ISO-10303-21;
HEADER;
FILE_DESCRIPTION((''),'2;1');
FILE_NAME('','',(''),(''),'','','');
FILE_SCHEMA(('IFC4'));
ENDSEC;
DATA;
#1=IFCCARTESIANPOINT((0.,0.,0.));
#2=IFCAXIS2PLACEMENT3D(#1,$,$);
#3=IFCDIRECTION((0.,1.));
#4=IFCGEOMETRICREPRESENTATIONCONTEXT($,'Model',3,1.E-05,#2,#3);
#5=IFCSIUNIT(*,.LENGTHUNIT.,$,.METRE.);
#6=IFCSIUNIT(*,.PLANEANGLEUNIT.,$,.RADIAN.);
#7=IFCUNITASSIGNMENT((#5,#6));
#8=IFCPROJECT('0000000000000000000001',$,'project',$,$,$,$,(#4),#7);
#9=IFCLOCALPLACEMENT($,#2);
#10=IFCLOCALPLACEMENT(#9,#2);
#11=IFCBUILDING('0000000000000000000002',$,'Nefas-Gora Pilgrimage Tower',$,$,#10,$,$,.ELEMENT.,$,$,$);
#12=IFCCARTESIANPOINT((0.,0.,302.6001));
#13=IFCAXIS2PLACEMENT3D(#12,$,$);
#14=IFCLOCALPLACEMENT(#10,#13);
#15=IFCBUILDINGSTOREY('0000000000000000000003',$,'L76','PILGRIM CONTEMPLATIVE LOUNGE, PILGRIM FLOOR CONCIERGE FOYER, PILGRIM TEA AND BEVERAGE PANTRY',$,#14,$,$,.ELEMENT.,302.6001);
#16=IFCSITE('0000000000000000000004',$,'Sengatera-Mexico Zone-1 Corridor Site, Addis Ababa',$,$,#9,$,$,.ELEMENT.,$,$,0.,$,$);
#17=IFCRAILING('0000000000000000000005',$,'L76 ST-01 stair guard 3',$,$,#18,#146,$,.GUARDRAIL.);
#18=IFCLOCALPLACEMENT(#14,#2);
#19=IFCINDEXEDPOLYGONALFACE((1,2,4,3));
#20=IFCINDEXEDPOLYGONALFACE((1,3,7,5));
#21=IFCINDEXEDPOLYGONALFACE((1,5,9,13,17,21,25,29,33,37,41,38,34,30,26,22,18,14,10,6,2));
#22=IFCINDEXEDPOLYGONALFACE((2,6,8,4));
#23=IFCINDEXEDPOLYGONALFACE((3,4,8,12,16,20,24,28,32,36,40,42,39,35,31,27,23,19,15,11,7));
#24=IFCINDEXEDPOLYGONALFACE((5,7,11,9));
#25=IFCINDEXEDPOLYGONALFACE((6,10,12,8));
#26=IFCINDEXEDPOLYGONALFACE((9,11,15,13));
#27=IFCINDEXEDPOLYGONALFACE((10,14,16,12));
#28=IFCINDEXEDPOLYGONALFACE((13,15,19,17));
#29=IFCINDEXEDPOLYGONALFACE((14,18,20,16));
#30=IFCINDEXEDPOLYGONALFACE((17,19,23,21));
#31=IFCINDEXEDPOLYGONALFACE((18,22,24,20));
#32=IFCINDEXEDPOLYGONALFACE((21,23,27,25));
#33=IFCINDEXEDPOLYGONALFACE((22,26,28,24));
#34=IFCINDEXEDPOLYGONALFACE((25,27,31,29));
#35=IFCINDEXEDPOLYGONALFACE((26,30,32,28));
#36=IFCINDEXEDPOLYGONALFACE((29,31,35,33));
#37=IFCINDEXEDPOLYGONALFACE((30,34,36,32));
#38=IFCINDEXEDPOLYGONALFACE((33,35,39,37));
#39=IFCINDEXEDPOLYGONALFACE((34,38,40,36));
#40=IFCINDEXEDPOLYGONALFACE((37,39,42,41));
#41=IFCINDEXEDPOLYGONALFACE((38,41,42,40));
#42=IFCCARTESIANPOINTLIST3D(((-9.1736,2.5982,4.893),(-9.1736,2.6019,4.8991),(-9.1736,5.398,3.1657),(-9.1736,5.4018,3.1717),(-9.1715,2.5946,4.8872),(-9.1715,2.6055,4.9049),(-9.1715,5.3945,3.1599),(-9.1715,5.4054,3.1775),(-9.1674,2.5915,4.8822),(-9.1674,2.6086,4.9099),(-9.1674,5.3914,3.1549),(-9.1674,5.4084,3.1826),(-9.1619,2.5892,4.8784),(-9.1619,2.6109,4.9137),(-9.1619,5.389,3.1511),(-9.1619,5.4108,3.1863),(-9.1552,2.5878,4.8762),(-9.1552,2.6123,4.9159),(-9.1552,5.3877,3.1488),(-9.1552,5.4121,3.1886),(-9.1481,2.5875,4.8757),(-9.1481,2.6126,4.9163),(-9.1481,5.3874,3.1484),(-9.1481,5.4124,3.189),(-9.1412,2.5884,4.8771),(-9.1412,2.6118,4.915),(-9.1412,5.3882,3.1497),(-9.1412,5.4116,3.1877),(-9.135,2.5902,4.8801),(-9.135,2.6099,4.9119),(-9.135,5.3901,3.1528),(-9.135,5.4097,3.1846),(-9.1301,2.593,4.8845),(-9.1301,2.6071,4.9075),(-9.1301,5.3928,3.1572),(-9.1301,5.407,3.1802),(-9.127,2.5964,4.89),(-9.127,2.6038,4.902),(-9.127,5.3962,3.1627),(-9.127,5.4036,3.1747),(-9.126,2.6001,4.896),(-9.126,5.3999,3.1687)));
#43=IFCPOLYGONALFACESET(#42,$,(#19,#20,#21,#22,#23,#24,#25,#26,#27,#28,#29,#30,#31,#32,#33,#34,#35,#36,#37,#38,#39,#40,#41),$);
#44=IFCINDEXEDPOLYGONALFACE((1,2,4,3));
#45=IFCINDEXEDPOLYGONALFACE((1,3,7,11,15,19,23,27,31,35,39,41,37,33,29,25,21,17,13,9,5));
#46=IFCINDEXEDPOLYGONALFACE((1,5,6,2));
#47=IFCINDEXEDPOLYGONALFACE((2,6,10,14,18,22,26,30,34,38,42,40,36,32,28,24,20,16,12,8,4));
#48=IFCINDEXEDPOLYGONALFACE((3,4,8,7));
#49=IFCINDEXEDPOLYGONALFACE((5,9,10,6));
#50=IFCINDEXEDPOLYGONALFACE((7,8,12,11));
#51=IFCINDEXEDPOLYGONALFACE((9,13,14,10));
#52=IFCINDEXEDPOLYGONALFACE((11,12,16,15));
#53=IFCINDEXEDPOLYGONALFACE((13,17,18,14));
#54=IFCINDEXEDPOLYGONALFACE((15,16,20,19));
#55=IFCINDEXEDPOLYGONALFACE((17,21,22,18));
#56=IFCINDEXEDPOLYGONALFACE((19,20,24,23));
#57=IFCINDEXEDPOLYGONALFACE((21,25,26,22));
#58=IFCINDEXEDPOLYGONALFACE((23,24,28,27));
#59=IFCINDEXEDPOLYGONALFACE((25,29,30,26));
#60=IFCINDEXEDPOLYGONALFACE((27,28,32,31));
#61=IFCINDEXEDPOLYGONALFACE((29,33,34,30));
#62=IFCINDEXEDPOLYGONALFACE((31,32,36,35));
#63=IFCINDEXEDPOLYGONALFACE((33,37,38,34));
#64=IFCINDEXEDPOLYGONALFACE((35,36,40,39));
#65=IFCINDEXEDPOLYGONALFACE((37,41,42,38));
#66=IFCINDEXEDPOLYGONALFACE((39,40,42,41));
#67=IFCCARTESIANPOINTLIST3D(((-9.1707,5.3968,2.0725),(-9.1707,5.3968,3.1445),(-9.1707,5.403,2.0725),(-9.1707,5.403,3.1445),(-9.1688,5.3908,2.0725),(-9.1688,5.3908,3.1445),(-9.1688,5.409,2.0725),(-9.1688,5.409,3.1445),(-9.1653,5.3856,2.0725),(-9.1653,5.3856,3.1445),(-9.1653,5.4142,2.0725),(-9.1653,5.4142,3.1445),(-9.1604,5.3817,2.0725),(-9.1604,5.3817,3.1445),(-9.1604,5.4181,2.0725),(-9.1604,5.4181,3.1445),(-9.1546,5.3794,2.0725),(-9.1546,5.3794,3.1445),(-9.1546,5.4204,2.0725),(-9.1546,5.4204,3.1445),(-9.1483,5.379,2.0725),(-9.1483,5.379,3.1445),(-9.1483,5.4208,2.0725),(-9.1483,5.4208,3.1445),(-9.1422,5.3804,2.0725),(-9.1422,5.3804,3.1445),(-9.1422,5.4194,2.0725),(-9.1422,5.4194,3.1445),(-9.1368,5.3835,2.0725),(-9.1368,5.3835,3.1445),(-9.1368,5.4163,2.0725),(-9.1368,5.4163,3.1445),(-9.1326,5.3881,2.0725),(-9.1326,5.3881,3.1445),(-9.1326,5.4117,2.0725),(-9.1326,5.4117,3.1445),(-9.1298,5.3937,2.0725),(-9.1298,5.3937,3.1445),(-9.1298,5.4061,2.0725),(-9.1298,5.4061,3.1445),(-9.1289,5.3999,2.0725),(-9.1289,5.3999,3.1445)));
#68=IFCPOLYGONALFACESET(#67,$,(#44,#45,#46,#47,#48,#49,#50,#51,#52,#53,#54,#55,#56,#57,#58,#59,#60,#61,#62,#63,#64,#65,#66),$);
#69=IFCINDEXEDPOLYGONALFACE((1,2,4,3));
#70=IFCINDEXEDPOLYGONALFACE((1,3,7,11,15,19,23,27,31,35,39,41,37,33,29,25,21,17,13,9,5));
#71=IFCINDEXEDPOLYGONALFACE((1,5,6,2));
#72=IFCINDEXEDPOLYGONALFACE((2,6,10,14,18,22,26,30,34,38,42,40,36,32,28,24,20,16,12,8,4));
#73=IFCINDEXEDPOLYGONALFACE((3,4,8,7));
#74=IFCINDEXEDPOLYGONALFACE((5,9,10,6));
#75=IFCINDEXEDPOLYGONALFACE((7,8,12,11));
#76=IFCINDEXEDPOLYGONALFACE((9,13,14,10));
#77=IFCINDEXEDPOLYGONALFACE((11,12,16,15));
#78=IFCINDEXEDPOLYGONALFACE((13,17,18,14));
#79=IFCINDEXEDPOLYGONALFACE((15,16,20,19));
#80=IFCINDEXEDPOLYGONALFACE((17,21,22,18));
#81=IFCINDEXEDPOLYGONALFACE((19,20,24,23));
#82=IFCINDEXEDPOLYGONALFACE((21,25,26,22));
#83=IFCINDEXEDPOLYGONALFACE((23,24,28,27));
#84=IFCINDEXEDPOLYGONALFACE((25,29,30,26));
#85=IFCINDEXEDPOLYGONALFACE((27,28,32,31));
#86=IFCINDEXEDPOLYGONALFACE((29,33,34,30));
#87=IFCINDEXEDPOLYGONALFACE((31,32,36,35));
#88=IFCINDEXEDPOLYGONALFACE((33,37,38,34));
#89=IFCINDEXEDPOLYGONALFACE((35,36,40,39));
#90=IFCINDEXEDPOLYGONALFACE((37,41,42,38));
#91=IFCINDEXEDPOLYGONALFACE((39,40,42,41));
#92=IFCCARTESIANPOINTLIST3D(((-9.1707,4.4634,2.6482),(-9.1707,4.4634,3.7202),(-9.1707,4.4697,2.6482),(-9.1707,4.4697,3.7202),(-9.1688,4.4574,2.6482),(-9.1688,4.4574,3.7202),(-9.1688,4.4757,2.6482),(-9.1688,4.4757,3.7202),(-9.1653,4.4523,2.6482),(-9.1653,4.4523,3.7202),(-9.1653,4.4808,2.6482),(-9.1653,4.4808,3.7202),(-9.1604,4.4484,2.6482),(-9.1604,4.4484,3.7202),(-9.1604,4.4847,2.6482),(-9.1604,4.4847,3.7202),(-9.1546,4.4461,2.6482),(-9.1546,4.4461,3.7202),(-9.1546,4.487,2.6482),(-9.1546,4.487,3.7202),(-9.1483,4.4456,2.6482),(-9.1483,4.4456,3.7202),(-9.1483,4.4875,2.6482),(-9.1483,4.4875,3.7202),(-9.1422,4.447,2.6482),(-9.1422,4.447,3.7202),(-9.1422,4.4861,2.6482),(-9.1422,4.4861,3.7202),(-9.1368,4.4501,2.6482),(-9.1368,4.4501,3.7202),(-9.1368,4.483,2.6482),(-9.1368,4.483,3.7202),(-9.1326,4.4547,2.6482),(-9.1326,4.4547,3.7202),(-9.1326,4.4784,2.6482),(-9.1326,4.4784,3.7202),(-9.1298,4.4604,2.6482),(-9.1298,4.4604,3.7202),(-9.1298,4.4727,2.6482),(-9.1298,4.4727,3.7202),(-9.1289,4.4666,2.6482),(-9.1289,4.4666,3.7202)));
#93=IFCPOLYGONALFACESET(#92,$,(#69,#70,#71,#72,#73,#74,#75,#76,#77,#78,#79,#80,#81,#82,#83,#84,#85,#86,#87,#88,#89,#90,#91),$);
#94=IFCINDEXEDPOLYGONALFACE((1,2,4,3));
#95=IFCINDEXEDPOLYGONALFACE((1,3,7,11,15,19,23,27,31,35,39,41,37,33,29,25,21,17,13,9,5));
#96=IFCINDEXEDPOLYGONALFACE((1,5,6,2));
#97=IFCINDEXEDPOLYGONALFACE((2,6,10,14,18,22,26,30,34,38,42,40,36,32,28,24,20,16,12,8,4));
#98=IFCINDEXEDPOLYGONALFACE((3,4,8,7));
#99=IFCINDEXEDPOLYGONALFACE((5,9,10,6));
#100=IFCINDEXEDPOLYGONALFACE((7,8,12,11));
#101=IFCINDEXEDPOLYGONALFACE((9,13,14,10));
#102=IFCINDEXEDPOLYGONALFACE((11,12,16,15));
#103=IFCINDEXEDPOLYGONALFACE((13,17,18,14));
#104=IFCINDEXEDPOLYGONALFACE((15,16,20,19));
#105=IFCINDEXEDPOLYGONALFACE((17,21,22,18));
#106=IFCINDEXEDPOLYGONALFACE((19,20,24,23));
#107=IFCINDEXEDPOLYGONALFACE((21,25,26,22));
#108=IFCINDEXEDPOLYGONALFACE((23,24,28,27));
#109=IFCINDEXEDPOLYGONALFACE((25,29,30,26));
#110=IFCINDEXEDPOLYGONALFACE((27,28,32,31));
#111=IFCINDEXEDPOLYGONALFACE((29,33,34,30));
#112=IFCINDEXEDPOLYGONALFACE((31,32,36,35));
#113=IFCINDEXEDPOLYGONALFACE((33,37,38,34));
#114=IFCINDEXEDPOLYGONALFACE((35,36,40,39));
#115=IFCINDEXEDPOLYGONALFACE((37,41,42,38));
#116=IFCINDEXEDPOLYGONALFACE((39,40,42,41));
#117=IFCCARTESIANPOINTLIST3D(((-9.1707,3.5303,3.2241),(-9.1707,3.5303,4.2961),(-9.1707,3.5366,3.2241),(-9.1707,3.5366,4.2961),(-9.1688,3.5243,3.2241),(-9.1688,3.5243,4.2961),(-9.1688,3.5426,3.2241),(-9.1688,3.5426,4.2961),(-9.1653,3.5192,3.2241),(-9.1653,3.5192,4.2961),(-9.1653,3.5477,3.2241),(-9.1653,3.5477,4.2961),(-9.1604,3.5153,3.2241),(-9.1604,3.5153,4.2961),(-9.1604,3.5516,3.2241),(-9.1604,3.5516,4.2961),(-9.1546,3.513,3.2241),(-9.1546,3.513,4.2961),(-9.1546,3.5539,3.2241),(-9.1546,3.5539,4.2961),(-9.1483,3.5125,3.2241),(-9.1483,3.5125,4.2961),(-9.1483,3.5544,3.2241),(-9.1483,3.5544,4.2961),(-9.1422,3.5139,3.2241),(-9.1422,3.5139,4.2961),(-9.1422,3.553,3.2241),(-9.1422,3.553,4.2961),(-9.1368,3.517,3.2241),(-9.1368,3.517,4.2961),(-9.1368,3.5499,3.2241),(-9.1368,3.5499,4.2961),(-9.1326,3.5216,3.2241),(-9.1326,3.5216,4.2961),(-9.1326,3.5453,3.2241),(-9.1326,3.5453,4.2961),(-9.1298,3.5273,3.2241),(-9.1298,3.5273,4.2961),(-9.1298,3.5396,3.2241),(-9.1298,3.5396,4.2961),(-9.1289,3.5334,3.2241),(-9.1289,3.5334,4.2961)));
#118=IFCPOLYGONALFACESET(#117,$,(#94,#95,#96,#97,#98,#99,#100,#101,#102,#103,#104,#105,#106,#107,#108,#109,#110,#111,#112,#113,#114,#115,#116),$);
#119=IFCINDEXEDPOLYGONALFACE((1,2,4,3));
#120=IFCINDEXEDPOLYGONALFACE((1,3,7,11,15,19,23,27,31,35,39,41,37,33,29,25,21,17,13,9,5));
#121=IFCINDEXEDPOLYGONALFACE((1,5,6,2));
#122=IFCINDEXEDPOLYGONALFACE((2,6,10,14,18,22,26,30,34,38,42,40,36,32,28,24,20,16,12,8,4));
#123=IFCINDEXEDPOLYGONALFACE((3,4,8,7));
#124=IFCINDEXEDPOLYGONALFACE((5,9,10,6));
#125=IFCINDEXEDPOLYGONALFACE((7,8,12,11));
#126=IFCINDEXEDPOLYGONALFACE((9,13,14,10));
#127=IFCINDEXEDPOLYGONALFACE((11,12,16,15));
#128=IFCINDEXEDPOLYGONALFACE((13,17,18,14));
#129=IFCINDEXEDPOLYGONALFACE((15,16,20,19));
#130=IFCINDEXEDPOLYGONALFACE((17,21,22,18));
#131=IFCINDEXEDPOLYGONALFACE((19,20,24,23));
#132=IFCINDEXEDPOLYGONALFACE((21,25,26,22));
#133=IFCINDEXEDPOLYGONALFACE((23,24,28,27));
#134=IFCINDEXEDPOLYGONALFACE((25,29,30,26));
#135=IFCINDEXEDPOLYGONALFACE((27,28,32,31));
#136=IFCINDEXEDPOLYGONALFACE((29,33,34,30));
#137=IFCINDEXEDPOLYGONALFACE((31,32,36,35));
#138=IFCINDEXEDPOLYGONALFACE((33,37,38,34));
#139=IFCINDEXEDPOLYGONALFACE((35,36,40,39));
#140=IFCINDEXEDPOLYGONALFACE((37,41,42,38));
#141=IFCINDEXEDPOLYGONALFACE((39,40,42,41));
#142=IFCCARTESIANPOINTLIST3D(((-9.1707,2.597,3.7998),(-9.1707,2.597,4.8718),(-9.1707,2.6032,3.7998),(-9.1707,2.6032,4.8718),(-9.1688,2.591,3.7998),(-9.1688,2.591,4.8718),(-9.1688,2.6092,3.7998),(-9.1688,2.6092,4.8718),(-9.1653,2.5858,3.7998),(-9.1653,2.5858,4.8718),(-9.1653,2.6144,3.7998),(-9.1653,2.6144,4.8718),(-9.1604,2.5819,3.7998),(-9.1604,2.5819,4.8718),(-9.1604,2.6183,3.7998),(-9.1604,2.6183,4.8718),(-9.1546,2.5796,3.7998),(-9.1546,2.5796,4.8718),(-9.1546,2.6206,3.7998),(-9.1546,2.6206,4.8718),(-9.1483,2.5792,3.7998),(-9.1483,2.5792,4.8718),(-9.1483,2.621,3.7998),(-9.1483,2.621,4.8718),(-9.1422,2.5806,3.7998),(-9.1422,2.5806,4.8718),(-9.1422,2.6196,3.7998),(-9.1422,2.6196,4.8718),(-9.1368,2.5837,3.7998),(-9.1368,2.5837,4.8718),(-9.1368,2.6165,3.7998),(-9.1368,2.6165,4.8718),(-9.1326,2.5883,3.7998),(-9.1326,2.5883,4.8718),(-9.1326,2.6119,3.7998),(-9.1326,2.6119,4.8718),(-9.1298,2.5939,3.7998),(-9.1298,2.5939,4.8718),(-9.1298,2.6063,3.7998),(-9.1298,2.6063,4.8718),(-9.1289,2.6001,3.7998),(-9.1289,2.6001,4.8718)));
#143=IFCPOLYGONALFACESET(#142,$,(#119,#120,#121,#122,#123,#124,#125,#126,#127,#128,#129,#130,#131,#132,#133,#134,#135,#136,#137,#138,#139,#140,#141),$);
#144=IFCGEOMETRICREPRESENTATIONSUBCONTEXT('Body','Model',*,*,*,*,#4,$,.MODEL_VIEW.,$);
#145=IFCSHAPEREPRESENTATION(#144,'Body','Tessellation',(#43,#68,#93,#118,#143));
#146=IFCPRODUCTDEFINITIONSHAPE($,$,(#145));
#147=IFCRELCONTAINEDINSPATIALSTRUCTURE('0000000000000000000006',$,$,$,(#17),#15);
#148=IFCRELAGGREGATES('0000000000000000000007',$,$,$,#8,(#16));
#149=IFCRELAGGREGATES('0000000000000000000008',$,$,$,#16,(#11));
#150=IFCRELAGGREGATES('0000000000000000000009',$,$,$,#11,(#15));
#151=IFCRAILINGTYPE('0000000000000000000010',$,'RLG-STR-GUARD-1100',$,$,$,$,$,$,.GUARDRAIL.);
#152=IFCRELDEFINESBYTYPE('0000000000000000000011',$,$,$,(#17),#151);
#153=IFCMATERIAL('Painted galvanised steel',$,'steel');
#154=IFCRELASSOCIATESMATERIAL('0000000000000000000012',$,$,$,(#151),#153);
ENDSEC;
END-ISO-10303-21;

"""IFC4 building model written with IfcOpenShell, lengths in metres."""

from ifc_helpers import new_model, si_unit, direction, frame, origin, origin_2d, place, context, subcontext, project, spatial, circle, extrude, material, type_object, element, save


model = new_model("IFC4")

# Units and contexts
model_context = context("Model", 3, precision=1e-05, world=origin(), true_north=direction((0.0, 1.0)))
body_context = subcontext(model_context, "Body", "Model", "MODEL_VIEW")
ifc_project = project(units=[si_unit("LENGTHUNIT", "METRE"), si_unit("PLANEANGLEUNIT", "RADIAN")], contexts=[model_context])

# Site, building, storey
site_placement = place(None, origin())
site = spatial("IfcSite", under=ifc_project, at=site_placement, Name="Sengatera-Mexico Zone-1 Corridor Site, Addis Ababa", CompositionType="ELEMENT", RefElevation=0.0)
building_placement = place(site_placement, origin())
building = spatial("IfcBuilding", under=site, at=building_placement, Name="Nefas-Gora Pilgrimage Tower", CompositionType="ELEMENT")
storey_placement = place(building_placement, frame((0.0, 0.0, 302.6001)))
storey = spatial("IfcBuildingStorey", under=building, at=storey_placement, Name="L76", Description="PILGRIM CONTEMPLATIVE LOUNGE, PILGRIM FLOOR CONCIERGE FOYER, PILGRIM TEA AND BEVERAGE PANTRY", CompositionType="ELEMENT", Elevation=302.6001)

# Railing
ifc_material_1 = material(Name="Painted galvanised steel", Category="steel")
railing_type_1 = type_object("IfcRailingType", Name="RLG-STR-GUARD-1100", PredefinedType="GUARDRAIL", material=ifc_material_1)
railing_1_placement = place(storey_placement, frame((-9.1499, 5.3999, 2.0725)))
element("IfcRailing", 1, at=railing_1_placement, inside=storey, type_object=railing_type_1, Name="L76 ST-01 stair guard 3", PredefinedType="GUARDRAIL", context=body_context, shape_type="SweptSolid", body=[
    extrude(circle(Radius=0.0239, at=origin_2d()), frame((0.0, 0.0, 1.0962), z_axis=(0.0, -0.851069, 0.525054), x_axis=(1.0, 0.0, 0.0)), (0.0, 0.0, 1.0), 3.2898),
    extrude(circle(Radius=0.021, at=origin_2d()), origin(), (0.0, 0.0, 1.0), 1.072),
    extrude(circle(Radius=0.021, at=origin_2d()), frame((0.0, -0.9333, 0.5757)), (0.0, 0.0, 1.0), 1.072),
    extrude(circle(Radius=0.021, at=origin_2d()), frame((0.0, -1.8665, 1.1516)), (0.0, 0.0, 1.0), 1.072),
    extrude(circle(Radius=0.021, at=origin_2d()), frame((0.0, -2.7998, 1.7273)), (0.0, 0.0, 1.0), 1.072),
])

save(model, "model.ifc")
